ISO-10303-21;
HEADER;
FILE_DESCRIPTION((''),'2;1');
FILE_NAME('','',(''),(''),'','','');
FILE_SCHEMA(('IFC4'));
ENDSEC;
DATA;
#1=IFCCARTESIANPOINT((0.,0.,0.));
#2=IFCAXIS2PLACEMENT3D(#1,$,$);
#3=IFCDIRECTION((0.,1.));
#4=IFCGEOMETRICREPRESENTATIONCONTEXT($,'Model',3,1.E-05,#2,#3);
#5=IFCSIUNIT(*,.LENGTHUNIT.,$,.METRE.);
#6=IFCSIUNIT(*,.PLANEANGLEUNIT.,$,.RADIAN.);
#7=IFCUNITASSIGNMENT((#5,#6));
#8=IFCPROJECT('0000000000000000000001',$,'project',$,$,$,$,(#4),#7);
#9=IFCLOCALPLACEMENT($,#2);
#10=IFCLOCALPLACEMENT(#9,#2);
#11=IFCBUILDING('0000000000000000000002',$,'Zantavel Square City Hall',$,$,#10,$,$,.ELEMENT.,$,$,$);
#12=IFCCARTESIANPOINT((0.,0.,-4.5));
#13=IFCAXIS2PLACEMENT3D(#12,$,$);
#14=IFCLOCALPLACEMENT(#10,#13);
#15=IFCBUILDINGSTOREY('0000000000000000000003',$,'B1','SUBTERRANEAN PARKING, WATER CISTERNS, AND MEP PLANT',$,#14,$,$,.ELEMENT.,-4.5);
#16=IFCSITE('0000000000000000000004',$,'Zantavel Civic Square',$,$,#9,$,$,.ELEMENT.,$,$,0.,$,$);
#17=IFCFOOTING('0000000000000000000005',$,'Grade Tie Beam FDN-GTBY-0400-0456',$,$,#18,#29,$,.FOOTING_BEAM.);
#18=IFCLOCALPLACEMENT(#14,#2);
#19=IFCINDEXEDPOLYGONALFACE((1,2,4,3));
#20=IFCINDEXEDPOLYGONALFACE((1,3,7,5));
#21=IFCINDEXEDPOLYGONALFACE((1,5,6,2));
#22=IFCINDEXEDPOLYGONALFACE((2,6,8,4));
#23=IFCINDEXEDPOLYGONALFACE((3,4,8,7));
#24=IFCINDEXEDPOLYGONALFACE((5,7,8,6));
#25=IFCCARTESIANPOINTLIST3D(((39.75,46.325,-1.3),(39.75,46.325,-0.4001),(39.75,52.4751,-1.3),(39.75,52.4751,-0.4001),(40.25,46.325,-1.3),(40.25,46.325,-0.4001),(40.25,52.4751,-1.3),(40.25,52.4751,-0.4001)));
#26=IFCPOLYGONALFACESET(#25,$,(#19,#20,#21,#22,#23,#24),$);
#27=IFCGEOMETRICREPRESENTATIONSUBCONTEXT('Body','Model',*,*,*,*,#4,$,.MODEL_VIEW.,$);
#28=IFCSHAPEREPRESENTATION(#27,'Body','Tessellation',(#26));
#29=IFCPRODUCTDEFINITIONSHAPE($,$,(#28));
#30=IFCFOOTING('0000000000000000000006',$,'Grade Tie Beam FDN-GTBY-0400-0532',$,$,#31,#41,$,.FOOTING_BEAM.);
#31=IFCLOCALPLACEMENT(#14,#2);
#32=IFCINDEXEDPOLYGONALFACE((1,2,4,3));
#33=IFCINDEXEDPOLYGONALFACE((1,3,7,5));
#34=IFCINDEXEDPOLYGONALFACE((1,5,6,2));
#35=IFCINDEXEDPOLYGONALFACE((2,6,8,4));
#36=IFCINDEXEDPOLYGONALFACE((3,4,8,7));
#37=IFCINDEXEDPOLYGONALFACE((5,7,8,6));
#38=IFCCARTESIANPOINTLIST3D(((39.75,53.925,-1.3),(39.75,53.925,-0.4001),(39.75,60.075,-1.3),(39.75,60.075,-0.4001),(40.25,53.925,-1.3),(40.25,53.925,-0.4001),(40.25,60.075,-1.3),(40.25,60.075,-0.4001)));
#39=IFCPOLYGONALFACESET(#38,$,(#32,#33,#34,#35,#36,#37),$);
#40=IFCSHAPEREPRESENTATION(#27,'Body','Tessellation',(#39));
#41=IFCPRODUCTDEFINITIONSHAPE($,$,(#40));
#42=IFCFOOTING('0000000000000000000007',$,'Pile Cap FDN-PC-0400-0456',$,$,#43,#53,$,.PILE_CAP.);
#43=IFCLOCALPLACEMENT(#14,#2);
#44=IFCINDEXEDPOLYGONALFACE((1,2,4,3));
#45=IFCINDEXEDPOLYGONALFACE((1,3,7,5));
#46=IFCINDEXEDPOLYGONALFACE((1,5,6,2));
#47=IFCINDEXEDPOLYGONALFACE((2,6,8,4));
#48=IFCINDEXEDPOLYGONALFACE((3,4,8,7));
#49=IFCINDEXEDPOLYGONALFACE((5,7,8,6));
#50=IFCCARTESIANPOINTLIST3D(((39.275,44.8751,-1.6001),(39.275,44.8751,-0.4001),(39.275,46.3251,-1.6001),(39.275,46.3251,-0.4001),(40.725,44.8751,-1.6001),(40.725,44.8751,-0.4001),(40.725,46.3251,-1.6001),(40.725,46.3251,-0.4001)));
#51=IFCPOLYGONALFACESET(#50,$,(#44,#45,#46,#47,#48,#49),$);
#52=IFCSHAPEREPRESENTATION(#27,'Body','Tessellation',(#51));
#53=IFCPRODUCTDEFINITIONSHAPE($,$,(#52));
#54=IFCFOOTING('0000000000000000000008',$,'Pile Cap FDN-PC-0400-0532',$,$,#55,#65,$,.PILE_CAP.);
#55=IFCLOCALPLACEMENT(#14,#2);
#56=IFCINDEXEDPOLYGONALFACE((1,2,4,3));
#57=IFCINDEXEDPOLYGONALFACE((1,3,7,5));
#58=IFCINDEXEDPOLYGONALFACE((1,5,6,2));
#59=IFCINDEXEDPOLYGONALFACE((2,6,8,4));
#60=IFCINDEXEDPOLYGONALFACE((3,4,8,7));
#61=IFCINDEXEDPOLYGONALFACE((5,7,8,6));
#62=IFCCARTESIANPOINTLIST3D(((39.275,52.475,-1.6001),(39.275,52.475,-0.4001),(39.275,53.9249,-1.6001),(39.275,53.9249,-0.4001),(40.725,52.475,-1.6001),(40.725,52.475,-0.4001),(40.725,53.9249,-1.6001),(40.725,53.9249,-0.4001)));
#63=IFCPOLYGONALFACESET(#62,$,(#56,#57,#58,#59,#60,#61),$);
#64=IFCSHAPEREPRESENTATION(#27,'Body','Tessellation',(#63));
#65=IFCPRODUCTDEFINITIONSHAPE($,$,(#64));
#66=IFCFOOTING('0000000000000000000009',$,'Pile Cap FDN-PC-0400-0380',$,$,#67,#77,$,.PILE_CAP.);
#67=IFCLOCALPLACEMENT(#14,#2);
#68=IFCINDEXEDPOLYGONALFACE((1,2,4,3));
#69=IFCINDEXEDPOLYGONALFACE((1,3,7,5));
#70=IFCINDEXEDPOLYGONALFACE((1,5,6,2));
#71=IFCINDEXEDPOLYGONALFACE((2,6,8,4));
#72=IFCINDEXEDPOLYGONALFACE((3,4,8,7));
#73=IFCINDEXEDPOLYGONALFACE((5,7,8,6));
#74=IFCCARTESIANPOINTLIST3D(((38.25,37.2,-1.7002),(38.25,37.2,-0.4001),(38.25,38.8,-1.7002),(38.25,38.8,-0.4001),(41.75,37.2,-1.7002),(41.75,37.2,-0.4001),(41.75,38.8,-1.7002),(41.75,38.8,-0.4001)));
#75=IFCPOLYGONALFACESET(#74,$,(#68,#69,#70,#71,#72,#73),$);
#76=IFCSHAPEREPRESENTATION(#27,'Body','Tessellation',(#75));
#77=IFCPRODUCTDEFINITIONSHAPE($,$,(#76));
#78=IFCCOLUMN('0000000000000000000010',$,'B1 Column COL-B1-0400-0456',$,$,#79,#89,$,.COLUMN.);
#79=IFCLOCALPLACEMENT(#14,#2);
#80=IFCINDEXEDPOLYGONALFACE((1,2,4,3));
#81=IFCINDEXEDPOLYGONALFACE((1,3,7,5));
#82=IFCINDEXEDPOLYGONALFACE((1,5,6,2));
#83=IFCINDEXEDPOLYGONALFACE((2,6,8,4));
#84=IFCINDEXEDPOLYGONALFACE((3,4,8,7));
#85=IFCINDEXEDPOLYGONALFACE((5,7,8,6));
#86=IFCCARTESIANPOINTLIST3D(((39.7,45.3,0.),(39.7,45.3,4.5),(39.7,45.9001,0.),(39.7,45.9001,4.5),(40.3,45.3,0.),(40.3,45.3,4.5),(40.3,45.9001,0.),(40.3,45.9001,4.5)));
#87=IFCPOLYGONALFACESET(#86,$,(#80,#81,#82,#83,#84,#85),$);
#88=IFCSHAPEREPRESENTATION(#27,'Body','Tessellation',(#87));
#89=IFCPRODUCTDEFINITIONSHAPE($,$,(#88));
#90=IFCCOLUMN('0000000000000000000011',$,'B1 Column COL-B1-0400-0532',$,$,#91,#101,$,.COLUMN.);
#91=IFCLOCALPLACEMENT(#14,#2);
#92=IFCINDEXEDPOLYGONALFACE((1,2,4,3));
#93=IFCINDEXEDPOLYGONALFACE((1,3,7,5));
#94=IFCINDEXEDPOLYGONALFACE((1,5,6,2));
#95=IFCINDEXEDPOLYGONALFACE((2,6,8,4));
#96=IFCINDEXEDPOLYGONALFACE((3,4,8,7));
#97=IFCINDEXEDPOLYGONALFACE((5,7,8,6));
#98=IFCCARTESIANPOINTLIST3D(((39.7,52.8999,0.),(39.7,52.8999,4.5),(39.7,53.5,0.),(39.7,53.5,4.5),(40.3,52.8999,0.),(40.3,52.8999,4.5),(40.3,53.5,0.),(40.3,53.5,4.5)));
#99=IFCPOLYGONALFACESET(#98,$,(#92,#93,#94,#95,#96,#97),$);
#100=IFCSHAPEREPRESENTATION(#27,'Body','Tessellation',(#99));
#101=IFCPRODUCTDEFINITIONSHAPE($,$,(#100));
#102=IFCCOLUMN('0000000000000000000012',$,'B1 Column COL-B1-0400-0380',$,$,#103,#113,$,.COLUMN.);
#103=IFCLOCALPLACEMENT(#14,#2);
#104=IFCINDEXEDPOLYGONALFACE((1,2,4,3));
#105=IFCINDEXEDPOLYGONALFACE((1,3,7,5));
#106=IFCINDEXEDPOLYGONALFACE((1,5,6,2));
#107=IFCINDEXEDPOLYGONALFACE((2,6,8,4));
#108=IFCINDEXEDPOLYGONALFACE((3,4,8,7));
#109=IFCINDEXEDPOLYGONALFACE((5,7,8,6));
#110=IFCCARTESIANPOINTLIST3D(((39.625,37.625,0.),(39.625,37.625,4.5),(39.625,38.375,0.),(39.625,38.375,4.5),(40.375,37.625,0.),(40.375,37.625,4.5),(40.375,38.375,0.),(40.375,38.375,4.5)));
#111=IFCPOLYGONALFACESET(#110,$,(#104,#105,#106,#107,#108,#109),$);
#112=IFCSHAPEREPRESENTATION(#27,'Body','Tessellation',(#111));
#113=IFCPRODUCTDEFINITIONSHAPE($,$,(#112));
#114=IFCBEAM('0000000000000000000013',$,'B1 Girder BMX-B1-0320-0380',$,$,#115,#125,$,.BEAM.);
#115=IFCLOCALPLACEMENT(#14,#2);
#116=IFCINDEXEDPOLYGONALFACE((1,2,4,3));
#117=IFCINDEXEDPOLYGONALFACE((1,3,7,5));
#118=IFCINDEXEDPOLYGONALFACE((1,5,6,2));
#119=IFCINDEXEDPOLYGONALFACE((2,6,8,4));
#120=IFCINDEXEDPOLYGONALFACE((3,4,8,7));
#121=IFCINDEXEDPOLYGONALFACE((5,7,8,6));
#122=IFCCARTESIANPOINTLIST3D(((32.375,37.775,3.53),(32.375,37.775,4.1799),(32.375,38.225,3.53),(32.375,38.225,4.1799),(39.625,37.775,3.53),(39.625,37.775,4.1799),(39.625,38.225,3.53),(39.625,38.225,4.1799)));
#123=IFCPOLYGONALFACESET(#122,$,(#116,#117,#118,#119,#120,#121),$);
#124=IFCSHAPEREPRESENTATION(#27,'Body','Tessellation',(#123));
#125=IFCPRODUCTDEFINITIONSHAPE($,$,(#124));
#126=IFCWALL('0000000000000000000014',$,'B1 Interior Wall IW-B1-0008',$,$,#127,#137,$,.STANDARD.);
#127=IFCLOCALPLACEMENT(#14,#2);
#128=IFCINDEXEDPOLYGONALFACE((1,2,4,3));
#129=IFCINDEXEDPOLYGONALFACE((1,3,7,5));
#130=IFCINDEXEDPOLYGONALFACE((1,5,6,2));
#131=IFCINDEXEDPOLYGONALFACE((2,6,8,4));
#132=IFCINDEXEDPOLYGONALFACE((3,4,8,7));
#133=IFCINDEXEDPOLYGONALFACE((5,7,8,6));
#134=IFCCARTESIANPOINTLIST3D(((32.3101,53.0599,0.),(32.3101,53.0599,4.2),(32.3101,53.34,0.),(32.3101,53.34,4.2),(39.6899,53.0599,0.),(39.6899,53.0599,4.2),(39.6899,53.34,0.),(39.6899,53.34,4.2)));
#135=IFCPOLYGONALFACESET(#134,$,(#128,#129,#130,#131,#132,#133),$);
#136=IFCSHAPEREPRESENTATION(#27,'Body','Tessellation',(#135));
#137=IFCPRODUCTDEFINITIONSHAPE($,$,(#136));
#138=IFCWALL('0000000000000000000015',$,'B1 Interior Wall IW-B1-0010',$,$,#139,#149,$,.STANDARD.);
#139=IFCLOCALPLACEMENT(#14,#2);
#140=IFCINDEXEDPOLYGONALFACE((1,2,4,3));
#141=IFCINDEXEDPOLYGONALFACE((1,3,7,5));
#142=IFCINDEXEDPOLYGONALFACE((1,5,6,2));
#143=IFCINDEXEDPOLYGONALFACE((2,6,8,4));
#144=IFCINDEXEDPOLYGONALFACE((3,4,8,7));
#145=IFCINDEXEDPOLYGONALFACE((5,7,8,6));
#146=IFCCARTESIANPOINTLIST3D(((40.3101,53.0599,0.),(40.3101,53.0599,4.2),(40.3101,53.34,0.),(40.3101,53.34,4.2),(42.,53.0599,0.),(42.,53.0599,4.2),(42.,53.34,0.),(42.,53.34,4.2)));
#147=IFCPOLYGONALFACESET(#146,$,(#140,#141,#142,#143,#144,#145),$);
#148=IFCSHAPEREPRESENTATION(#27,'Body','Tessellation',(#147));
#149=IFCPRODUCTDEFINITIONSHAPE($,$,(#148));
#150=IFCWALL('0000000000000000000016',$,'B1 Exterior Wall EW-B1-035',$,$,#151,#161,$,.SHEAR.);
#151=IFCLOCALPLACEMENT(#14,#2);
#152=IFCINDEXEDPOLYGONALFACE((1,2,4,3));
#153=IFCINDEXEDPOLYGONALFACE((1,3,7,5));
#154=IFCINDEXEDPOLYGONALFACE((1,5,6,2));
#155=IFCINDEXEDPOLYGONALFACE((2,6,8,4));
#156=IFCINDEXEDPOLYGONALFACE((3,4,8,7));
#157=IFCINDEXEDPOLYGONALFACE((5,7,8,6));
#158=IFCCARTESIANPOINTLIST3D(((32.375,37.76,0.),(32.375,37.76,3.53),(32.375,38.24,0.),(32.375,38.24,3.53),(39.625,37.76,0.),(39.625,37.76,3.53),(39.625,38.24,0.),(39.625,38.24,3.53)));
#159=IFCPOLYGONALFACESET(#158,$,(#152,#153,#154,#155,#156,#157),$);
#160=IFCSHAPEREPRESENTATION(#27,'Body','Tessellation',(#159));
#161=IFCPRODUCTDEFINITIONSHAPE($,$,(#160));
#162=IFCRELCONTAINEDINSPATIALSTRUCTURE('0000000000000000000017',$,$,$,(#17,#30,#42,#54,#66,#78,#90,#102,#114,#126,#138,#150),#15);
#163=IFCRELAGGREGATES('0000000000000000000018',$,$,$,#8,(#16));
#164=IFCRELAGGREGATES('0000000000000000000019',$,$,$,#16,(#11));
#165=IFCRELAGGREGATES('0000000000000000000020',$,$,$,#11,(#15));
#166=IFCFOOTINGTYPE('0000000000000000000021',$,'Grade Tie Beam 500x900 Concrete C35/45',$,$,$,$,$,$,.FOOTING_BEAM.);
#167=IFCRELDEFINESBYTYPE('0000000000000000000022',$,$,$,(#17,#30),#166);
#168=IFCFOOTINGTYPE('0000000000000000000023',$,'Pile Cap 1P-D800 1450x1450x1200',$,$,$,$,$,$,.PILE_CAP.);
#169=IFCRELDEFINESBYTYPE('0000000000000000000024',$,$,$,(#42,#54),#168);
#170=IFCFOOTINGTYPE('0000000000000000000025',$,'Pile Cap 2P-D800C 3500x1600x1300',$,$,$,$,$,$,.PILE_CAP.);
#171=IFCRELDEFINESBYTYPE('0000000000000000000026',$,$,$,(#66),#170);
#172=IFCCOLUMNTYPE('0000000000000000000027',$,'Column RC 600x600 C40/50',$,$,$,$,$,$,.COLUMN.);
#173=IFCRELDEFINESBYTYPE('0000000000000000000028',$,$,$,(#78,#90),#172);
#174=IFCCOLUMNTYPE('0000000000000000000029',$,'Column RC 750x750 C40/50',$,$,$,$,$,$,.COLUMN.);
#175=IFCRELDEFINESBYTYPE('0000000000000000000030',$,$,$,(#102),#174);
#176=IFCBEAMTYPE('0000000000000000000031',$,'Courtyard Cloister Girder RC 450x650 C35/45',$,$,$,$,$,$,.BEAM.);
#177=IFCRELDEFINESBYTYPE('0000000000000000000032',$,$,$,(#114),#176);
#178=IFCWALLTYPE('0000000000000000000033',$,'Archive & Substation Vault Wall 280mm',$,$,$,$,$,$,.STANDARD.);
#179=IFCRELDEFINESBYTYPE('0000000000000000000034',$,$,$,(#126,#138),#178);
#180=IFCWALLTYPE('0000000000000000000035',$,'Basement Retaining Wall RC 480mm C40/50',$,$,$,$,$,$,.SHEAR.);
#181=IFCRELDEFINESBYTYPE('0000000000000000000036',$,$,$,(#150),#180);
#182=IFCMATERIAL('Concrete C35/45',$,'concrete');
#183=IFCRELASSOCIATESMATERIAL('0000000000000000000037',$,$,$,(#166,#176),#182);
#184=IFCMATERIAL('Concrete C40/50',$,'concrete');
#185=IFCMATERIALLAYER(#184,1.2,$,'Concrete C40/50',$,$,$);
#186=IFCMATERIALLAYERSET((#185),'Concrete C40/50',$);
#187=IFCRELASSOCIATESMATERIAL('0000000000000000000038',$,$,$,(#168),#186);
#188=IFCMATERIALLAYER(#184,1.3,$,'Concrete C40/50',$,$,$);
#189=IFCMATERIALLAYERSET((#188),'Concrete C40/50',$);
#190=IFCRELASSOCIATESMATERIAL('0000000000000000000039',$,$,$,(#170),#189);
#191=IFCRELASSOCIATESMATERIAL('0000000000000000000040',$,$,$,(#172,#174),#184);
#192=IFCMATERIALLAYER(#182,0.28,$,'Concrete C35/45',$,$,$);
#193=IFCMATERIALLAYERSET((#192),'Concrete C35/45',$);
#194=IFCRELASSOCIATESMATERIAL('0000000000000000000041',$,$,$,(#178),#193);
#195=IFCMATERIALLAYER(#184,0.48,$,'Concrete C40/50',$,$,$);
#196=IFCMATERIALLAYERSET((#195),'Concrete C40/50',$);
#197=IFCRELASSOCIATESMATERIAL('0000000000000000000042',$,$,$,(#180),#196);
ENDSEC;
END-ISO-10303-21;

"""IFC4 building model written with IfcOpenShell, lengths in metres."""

from ifc_helpers import new_model, si_unit, direction, frame, frame_2d, origin, origin_2d, place, context, subcontext, project, spatial, rectangle, extrude, material, layer, layer_set, material_profile, profile_set, type_object, element, save


model = new_model("IFC4")

# Units and contexts
model_context = context("Model", 3, precision=1e-05, world=origin(), true_north=direction((0.0, 1.0)))
body_context = subcontext(model_context, "Body", "Model", "MODEL_VIEW")
ifc_project = project(units=[si_unit("LENGTHUNIT", "METRE"), si_unit("PLANEANGLEUNIT", "RADIAN")], contexts=[model_context])

# Site, building, storey
site_placement = place(None, origin())
site = spatial("IfcSite", under=ifc_project, at=site_placement, Name="Zantavel Civic Square", CompositionType="ELEMENT", RefElevation=0.0)
building_placement = place(site_placement, origin())
building = spatial("IfcBuilding", under=site, at=building_placement, Name="Zantavel Square City Hall", CompositionType="ELEMENT")
storey_placement = place(building_placement, frame((0.0, 0.0, -4.5)))
storey = spatial("IfcBuildingStorey", under=building, at=storey_placement, Name="B1", Description="SUBTERRANEAN PARKING, WATER CISTERNS, AND MEP PLANT", CompositionType="ELEMENT", Elevation=-4.5)

# Shared definitions
ifc_material_1 = material(Name="Concrete C35/45", Category="concrete")

# Footings
ifc_material_profile_1 = material_profile(ifc_material_1, rectangle(XDim=0.5, YDim=0.8999, at=origin_2d()), Name="RC 500x900")
ifc_profile_set_1 = profile_set([ifc_material_profile_1], Name="Concrete C35/45")
footing_type_1 = type_object("IfcFootingType", Name="Grade Tie Beam 500x900 Concrete C35/45", PredefinedType="FOOTING_BEAM", material=ifc_profile_set_1)
footing_1_placement = place(storey_placement, frame((40.0, 46.325, -0.8501), z_axis=(0.0, 1.0, 0.0), x_axis=(-1.0, 0.0, 0.0)))
element("IfcFooting", 1, at=footing_1_placement, inside=storey, type_object=footing_type_1, Name="Grade Tie Beam FDN-GTBY-0400-0456", PredefinedType="FOOTING_BEAM", context=body_context, shape_type="SweptSolid", body=[
    extrude(rectangle(XDim=0.5, YDim=0.8999, at=origin_2d()), origin(), (0.0, 0.0, 1.0), 6.1501),
])
footing_2_placement = place(storey_placement, frame((40.0, 53.925, -0.8501), z_axis=(0.0, 1.0, 0.0), x_axis=(-1.0, 0.0, 0.0)))
element("IfcFooting", 2, at=footing_2_placement, inside=storey, type_object=footing_type_1, Name="Grade Tie Beam FDN-GTBY-0400-0532", PredefinedType="FOOTING_BEAM", context=body_context, shape_type="SweptSolid", body=[
    extrude(rectangle(XDim=0.5, YDim=0.8999, at=origin_2d()), origin(), (0.0, 0.0, 1.0), 6.1499),
])
ifc_material_2 = material(Name="Concrete C40/50", Category="concrete")
ifc_layer_1 = layer(ifc_material_2, 1.2, Name="Concrete C40/50")
ifc_layer_set_1 = layer_set([ifc_layer_1], Name="Concrete C40/50")
footing_type_2 = type_object("IfcFootingType", Name="Pile Cap 1P-D800 1450x1450x1200", PredefinedType="PILE_CAP", material=ifc_layer_set_1)
for number, where, z_axis, x_axis, name in (
    (3, (40.0, 45.6001, -1.6001), (0.0, 0.0, 1.0), (1.0, 0.0, 0.0), "Pile Cap FDN-PC-0400-0456"),
    (4, (40.0, 53.2, -1.6001), (0.0, 0.0, 1.0), (1.0, 0.0, 0.0), "Pile Cap FDN-PC-0400-0532"),
):
    element("IfcFooting", number, at=place(storey_placement, frame(where, z_axis=z_axis, x_axis=x_axis)), inside=storey, type_object=footing_type_2, Name=name, PredefinedType="PILE_CAP", context=body_context, shape_type="SweptSolid", body=[
        extrude(rectangle(XDim=1.45, YDim=1.45, at=origin_2d()), origin(), (0.0, 0.0, 1.0), 1.2),
    ])
ifc_layer_2 = layer(ifc_material_2, 1.3, Name="Concrete C40/50")
ifc_layer_set_2 = layer_set([ifc_layer_2], Name="Concrete C40/50")
footing_type_3 = type_object("IfcFootingType", Name="Pile Cap 2P-D800C 3500x1600x1300", PredefinedType="PILE_CAP", material=ifc_layer_set_2)
footing_3_placement = place(storey_placement, frame((40.0, 38.0, -1.7002), z_axis=(0.0, 0.0, 1.0), x_axis=(1.0, 0.0, 0.0)))
element("IfcFooting", 5, at=footing_3_placement, inside=storey, type_object=footing_type_3, Name="Pile Cap FDN-PC-0400-0380", PredefinedType="PILE_CAP", context=body_context, shape_type="SweptSolid", body=[
    extrude(rectangle(XDim=3.5, YDim=1.6001, at=origin_2d()), origin(), (0.0, 0.0, 1.0), 1.3),
])

# Columns
ifc_material_profile_2 = material_profile(ifc_material_2, rectangle(XDim=0.6001, YDim=0.6001, at=origin_2d()), Name="RC 600x600")
ifc_profile_set_2 = profile_set([ifc_material_profile_2], Name="Concrete C40/50")
column_type_1 = type_object("IfcColumnType", Name="Column RC 600x600 C40/50", PredefinedType="COLUMN", material=ifc_profile_set_2)
for number, where, z_axis, x_axis, name in (
    (6, (40.0, 45.6001, 0.0), (0.0, 0.0, 1.0), (1.0, 0.0, 0.0), "B1 Column COL-B1-0400-0456"),
    (7, (40.0, 53.2, 0.0), (0.0, 0.0, 1.0), (1.0, 0.0, 0.0), "B1 Column COL-B1-0400-0532"),
):
    element("IfcColumn", number, at=place(storey_placement, frame(where, z_axis=z_axis, x_axis=x_axis)), inside=storey, type_object=column_type_1, Name=name, PredefinedType="COLUMN", context=body_context, shape_type="SweptSolid", body=[
        extrude(rectangle(XDim=0.6001, YDim=0.6001, at=origin_2d()), origin(), (0.0, 0.0, 1.0), 4.5),
    ])
ifc_material_profile_3 = material_profile(ifc_material_2, rectangle(XDim=0.75, YDim=0.75, at=origin_2d()), Name="RC 750x750")
ifc_profile_set_3 = profile_set([ifc_material_profile_3], Name="Concrete C40/50")
column_type_2 = type_object("IfcColumnType", Name="Column RC 750x750 C40/50", PredefinedType="COLUMN", material=ifc_profile_set_3)
column_placement = place(storey_placement, frame((40.0, 38.0, 0.0), z_axis=(0.0, 0.0, 1.0), x_axis=(1.0, 0.0, 0.0)))
element("IfcColumn", 8, at=column_placement, inside=storey, type_object=column_type_2, Name="B1 Column COL-B1-0400-0380", PredefinedType="COLUMN", context=body_context, shape_type="SweptSolid", body=[
    extrude(rectangle(XDim=0.75, YDim=0.75, at=origin_2d()), origin(), (0.0, 0.0, 1.0), 4.5),
])

# Beam
ifc_material_profile_4 = material_profile(ifc_material_1, rectangle(XDim=0.45, YDim=0.6499, at=origin_2d()), Name="RC 450x650")
ifc_profile_set_4 = profile_set([ifc_material_profile_4], Name="Concrete C35/45")
beam_type = type_object("IfcBeamType", Name="Courtyard Cloister Girder RC 450x650 C35/45", PredefinedType="BEAM", material=ifc_profile_set_4)
beam_placement = place(storey_placement, frame((32.375, 38.0, 3.855), z_axis=(1.0, 0.0, 0.0), x_axis=(0.0, 1.0, 0.0)))
element("IfcBeam", 9, at=beam_placement, inside=storey, type_object=beam_type, Name="B1 Girder BMX-B1-0320-0380", PredefinedType="BEAM", context=body_context, shape_type="SweptSolid", body=[
    extrude(rectangle(XDim=0.45, YDim=0.6499, at=origin_2d()), origin(), (0.0, 0.0, 1.0), 7.25),
])

# Walls
ifc_layer_3 = layer(ifc_material_1, 0.28, Name="Concrete C35/45")
ifc_layer_set_3 = layer_set([ifc_layer_3], Name="Concrete C35/45")
wall_type_1 = type_object("IfcWallType", Name="Archive & Substation Vault Wall 280mm", PredefinedType="STANDARD", material=ifc_layer_set_3)
wall_1_placement = place(storey_placement, frame((32.3101, 53.2, 0.0), z_axis=(0.0, 0.0, 1.0), x_axis=(1.0, 0.0, 0.0)))
element("IfcWall", 10, at=wall_1_placement, inside=storey, type_object=wall_type_1, Name="B1 Interior Wall IW-B1-0008", PredefinedType="STANDARD", context=body_context, shape_type="SweptSolid", body=[
    extrude(rectangle(XDim=7.3799, YDim=0.28, at=frame_2d((3.6899, 0.0))), origin(), (0.0, 0.0, 1.0), 4.2),
])
wall_2_placement = place(storey_placement, frame((40.3101, 53.2, 0.0), z_axis=(0.0, 0.0, 1.0), x_axis=(1.0, 0.0, 0.0)))
element("IfcWall", 11, at=wall_2_placement, inside=storey, type_object=wall_type_1, Name="B1 Interior Wall IW-B1-0010", PredefinedType="STANDARD", context=body_context, shape_type="SweptSolid", body=[
    extrude(rectangle(XDim=1.6899, YDim=0.28, at=frame_2d((0.845, 0.0))), origin(), (0.0, 0.0, 1.0), 4.2),
])
ifc_layer_4 = layer(ifc_material_2, 0.48, Name="Concrete C40/50")
ifc_layer_set_4 = layer_set([ifc_layer_4], Name="Concrete C40/50")
wall_type_2 = type_object("IfcWallType", Name="Basement Retaining Wall RC 480mm C40/50", PredefinedType="SHEAR", material=ifc_layer_set_4)
wall_3_placement = place(storey_placement, frame((39.625, 38.0, 0.0), z_axis=(0.0, 0.0, 1.0), x_axis=(-1.0, 0.0, 0.0)))
element("IfcWall", 12, at=wall_3_placement, inside=storey, type_object=wall_type_2, Name="B1 Exterior Wall EW-B1-035", PredefinedType="SHEAR", context=body_context, shape_type="SweptSolid", body=[
    extrude(rectangle(XDim=7.25, YDim=0.48, at=frame_2d((3.625, 0.0))), origin(), (0.0, 0.0, 1.0), 3.53),
])

save(model, "model.ifc")
